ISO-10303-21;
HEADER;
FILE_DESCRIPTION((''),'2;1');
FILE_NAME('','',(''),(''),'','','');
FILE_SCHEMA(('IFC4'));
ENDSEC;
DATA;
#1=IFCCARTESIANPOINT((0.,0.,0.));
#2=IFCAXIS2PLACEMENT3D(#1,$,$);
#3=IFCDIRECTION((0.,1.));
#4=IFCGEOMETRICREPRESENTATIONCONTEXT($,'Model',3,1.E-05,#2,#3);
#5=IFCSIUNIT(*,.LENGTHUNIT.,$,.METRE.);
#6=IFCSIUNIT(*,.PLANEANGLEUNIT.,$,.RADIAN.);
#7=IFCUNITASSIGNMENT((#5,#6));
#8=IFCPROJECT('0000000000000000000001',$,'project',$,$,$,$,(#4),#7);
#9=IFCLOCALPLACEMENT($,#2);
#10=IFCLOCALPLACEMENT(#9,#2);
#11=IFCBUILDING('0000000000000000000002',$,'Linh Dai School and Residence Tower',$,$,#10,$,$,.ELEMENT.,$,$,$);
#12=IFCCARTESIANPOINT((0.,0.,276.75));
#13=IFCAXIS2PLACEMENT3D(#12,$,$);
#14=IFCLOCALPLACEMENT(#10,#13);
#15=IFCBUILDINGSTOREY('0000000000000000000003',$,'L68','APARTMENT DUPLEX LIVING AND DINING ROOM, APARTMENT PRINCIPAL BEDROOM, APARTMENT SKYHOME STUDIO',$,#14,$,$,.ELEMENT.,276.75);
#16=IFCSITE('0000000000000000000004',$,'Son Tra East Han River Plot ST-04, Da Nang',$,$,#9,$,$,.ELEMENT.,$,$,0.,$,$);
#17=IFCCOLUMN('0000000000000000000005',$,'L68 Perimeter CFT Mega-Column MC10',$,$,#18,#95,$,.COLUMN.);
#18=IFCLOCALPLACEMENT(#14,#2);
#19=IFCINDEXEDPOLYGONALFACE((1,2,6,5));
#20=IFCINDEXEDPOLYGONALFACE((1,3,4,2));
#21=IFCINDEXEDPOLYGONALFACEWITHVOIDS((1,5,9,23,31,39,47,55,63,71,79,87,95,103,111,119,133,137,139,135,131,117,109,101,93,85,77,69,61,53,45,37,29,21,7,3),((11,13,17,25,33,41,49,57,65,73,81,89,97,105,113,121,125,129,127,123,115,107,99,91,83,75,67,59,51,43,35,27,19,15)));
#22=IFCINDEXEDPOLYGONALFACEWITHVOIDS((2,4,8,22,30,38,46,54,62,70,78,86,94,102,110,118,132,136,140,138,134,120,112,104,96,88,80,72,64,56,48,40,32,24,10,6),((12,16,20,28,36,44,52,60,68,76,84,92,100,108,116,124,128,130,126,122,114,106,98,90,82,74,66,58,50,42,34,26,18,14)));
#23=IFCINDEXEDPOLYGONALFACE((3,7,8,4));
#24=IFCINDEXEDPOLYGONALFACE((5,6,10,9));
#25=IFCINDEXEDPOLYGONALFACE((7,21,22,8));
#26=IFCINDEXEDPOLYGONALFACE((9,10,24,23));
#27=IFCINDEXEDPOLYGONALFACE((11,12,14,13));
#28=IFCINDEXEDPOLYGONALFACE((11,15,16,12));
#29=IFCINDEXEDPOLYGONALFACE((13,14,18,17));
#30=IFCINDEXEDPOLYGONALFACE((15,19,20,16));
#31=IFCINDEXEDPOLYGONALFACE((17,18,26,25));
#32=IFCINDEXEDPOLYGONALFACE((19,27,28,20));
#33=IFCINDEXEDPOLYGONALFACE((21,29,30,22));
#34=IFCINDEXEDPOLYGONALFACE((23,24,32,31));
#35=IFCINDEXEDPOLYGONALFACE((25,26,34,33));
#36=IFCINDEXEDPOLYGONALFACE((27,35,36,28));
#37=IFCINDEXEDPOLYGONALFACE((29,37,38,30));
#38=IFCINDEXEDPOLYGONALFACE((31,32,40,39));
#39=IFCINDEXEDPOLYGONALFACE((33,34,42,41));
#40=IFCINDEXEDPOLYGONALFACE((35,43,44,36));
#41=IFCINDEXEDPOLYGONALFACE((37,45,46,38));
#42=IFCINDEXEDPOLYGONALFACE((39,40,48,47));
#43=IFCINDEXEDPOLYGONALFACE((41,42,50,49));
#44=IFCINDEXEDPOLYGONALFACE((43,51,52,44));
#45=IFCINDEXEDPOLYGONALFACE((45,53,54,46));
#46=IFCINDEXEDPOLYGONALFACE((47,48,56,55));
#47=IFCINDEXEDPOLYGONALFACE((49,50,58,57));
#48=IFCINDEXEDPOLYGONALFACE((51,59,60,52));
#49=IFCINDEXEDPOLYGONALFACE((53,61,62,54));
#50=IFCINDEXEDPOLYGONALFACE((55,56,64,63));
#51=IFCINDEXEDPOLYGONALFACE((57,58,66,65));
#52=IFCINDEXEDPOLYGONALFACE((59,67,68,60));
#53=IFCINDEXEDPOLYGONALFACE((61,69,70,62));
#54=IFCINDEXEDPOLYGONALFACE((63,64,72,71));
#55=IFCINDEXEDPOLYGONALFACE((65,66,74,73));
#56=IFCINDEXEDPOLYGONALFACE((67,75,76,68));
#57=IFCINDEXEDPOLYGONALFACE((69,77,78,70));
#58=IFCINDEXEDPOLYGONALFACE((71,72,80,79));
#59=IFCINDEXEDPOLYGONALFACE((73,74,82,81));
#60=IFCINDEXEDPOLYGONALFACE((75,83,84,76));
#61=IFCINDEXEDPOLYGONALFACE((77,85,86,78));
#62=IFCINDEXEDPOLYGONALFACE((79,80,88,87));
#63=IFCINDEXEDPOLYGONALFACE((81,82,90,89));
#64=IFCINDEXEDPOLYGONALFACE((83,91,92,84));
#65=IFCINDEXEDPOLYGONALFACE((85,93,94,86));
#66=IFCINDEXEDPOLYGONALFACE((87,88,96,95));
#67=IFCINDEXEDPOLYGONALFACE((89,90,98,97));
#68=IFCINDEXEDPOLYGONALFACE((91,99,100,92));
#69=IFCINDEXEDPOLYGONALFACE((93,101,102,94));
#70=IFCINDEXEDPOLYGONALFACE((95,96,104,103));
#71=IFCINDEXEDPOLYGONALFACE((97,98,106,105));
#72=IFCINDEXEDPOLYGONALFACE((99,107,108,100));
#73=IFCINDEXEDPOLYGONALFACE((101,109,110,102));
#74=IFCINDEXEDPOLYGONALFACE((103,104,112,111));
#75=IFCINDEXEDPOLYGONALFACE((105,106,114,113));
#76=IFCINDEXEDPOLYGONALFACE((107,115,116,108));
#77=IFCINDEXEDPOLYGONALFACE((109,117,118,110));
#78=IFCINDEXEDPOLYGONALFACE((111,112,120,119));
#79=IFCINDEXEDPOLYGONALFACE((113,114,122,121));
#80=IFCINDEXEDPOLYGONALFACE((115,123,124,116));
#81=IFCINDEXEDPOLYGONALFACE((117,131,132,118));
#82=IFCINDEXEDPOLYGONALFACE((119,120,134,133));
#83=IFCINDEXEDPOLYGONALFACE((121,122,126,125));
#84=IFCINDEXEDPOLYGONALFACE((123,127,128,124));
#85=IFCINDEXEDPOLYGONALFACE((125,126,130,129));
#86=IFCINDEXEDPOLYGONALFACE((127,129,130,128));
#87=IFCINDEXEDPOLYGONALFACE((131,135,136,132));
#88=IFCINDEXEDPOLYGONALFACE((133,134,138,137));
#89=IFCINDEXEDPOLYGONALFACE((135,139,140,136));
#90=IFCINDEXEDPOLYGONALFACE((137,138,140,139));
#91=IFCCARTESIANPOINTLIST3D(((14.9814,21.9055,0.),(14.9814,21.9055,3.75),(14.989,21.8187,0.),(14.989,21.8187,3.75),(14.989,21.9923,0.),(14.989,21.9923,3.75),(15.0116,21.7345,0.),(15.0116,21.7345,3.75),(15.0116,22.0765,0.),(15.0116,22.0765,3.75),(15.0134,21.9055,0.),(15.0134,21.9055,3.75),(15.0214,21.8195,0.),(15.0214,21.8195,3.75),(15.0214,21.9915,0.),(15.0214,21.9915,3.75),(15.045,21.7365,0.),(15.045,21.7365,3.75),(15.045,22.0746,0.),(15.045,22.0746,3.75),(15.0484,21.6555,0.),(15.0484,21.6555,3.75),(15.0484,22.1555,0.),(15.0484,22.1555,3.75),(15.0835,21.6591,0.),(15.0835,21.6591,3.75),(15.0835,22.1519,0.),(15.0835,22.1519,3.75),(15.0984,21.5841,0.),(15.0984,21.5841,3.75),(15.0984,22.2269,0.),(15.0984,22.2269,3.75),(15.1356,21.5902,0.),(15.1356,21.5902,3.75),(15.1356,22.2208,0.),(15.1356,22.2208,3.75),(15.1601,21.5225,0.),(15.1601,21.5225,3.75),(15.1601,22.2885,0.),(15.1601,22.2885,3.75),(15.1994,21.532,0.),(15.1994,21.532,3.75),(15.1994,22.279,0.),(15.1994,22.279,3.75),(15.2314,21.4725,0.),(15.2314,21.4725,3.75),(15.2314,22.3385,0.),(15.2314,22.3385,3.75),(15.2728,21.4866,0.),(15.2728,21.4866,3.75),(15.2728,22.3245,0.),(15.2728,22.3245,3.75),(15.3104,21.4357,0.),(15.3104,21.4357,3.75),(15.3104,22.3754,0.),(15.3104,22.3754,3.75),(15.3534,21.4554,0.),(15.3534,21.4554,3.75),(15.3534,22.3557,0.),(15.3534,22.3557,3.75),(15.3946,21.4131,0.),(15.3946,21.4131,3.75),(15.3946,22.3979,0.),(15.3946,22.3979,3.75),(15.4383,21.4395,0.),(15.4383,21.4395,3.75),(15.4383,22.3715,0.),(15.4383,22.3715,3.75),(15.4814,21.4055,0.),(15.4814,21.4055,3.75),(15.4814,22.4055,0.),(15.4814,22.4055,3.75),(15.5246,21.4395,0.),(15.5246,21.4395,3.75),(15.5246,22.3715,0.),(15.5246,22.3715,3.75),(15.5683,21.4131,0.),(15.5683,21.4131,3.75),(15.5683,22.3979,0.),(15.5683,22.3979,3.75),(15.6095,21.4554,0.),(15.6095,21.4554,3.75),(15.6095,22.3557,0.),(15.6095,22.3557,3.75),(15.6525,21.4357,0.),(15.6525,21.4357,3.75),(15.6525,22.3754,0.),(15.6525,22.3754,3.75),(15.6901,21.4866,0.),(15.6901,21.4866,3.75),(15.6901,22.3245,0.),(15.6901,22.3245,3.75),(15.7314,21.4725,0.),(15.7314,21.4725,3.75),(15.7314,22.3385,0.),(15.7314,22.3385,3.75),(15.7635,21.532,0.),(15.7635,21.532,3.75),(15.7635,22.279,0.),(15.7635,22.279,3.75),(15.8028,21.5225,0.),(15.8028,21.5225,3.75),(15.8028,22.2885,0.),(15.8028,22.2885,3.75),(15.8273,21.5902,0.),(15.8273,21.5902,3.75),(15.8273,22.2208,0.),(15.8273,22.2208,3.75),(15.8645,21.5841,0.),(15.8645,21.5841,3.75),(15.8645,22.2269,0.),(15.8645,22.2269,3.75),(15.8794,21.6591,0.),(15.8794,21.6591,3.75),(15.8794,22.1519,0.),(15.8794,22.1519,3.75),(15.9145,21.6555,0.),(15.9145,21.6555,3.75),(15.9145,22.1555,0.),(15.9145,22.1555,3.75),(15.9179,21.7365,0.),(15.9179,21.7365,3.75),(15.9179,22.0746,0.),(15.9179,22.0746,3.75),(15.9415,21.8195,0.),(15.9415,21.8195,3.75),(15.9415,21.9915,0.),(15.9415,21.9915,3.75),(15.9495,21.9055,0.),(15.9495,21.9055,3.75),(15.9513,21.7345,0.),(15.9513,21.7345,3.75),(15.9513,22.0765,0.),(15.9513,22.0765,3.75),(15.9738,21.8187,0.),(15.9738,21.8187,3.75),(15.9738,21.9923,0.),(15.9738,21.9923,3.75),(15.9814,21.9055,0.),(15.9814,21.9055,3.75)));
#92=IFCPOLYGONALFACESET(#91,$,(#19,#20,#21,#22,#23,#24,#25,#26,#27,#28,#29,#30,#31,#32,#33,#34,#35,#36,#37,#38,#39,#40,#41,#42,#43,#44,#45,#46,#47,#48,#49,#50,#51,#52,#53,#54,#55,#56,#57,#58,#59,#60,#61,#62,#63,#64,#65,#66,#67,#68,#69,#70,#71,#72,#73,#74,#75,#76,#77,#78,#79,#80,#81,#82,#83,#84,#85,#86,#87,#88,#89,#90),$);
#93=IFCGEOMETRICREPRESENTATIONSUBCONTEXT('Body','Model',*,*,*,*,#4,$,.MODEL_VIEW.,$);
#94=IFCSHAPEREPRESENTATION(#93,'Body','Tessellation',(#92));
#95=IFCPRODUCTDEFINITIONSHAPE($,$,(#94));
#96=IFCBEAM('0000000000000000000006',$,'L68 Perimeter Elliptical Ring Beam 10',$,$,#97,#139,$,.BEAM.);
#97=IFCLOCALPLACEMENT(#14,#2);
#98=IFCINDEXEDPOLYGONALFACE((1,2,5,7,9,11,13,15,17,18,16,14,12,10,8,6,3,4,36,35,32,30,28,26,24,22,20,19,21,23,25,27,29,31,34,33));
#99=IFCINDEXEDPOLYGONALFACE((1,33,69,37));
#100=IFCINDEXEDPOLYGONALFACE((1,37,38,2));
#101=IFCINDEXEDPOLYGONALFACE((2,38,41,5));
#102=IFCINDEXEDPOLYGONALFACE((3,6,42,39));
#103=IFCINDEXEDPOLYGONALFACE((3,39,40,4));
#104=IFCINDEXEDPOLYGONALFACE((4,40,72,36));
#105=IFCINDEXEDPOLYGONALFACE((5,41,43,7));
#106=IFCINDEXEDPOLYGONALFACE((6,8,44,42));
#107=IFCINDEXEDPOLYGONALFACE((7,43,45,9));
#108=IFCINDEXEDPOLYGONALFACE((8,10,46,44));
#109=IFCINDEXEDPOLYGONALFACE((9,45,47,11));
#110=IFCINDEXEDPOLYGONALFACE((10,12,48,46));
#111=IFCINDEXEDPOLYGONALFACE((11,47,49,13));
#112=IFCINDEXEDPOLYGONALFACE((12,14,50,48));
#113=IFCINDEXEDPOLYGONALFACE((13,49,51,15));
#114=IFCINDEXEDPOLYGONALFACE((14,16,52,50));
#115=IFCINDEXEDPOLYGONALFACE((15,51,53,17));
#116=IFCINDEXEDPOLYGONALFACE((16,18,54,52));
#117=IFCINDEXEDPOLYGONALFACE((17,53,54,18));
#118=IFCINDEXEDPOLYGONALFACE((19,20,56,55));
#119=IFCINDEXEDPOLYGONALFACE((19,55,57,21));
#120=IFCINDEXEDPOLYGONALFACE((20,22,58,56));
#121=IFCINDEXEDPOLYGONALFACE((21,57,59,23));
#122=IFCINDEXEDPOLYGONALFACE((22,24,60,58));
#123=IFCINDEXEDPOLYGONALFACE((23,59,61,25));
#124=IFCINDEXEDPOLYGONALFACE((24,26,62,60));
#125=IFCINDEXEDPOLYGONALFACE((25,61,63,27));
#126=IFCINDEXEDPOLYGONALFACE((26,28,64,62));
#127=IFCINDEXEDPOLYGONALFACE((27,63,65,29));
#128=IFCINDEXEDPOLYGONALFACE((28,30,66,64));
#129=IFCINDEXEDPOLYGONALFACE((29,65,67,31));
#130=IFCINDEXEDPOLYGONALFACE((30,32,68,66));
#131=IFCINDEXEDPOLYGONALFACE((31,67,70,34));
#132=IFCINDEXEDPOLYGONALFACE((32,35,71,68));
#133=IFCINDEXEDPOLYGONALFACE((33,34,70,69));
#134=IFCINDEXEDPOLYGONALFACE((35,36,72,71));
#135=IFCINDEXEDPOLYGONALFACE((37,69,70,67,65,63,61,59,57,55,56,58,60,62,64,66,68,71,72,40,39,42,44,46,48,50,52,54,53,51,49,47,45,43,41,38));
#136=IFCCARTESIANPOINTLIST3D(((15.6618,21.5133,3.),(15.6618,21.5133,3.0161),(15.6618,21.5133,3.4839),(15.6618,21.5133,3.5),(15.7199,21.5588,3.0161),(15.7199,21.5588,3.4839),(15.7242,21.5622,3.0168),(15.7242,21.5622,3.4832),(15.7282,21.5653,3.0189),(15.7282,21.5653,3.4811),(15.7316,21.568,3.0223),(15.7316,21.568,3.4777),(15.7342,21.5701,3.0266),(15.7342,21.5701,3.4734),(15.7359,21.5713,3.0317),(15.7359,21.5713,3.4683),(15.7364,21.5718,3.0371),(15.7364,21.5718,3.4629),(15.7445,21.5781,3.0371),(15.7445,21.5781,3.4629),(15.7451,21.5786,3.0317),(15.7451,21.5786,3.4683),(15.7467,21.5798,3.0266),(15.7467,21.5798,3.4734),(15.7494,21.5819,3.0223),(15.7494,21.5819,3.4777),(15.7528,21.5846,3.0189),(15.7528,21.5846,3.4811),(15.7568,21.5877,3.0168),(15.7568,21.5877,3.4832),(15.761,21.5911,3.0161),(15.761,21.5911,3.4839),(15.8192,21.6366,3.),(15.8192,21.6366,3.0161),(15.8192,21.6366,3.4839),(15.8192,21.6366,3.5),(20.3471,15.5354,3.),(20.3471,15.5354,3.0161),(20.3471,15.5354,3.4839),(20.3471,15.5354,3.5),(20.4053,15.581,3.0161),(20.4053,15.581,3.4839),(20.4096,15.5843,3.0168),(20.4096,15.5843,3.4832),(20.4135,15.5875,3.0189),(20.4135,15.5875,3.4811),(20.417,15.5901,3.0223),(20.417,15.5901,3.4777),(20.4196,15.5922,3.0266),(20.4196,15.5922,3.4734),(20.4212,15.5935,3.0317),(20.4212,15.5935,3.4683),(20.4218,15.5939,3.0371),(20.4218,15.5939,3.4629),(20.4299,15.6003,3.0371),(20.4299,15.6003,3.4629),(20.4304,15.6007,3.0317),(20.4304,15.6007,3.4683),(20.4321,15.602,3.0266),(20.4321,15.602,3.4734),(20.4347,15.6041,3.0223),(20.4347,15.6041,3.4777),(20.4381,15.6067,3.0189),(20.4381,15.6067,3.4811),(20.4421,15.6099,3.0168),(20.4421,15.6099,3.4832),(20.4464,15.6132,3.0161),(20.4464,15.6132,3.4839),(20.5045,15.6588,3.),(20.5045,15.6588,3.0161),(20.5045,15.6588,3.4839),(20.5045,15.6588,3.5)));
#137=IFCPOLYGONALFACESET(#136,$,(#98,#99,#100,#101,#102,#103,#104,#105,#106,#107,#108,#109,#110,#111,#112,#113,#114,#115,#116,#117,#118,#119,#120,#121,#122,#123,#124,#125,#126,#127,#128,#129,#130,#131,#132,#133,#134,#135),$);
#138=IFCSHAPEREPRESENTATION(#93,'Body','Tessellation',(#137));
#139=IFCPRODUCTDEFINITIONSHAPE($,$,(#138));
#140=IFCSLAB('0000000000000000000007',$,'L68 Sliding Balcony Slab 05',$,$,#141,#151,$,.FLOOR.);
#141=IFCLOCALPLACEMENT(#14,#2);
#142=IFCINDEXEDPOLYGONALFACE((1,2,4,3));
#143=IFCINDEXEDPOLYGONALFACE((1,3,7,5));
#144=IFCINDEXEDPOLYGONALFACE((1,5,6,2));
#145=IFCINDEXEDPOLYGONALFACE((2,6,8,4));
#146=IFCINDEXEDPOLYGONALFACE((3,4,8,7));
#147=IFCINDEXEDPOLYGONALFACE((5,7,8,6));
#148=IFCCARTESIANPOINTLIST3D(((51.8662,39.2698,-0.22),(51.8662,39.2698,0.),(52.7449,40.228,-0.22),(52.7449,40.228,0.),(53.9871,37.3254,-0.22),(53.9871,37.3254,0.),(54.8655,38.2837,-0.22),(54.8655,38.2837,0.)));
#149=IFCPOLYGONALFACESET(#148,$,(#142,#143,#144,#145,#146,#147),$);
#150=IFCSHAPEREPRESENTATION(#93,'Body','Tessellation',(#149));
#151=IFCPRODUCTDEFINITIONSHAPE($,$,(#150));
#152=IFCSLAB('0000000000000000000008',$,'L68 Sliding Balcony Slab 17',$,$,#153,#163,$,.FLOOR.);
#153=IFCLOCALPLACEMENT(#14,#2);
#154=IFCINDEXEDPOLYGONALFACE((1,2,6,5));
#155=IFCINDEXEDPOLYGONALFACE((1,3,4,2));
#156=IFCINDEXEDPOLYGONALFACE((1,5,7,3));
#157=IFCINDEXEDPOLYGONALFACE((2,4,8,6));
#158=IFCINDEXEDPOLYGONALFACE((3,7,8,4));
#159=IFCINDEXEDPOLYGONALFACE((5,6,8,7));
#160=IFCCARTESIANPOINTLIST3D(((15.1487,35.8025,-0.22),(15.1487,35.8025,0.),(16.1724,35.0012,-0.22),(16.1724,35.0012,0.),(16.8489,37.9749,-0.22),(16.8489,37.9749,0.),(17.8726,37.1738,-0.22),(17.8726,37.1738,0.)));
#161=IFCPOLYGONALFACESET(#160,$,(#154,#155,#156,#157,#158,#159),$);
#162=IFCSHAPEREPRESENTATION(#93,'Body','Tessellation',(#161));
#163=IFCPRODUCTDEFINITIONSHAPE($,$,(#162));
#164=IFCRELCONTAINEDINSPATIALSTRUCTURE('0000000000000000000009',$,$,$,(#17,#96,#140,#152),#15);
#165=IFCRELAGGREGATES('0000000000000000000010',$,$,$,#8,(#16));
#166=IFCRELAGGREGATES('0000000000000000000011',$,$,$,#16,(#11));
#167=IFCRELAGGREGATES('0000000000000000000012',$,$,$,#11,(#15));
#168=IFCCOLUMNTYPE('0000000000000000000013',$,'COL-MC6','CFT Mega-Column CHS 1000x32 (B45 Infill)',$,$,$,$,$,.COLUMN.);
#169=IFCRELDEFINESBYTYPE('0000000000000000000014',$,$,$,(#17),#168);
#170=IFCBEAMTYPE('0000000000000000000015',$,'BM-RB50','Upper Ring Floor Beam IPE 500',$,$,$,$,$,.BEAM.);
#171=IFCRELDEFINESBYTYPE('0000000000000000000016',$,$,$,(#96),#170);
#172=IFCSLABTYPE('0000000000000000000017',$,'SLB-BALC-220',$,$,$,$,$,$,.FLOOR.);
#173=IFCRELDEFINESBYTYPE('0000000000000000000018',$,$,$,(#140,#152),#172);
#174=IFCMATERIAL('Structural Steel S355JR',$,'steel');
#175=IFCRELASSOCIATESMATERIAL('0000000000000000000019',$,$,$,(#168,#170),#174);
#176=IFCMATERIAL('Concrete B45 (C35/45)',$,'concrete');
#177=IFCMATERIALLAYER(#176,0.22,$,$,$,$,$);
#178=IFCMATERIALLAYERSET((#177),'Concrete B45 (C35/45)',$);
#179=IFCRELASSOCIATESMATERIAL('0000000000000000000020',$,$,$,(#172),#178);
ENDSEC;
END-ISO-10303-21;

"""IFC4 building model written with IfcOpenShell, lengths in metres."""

from ifc_helpers import new_model, si_unit, direction, frame, origin, origin_2d, place, context, subcontext, project, spatial, polyline, hollow_circle, i_section, outline, extrude, material, layer, layer_set, material_profile, profile_set, type_object, element, save


model = new_model("IFC4")

# Units and contexts
model_context = context("Model", 3, precision=1e-05, world=origin(), true_north=direction((0.0, 1.0)))
body_context = subcontext(model_context, "Body", "Model", "MODEL_VIEW")
ifc_project = project(units=[si_unit("LENGTHUNIT", "METRE"), si_unit("PLANEANGLEUNIT", "RADIAN")], contexts=[model_context])

# Site, building, storey
site_placement = place(None, origin())
site = spatial("IfcSite", under=ifc_project, at=site_placement, Name="Son Tra East Han River Plot ST-04, Da Nang", CompositionType="ELEMENT", RefElevation=0.0)
building_placement = place(site_placement, origin())
building = spatial("IfcBuilding", under=site, at=building_placement, Name="Linh Dai School and Residence Tower", CompositionType="ELEMENT")
storey_placement = place(building_placement, frame((0.0, 0.0, 276.75)))
storey = spatial("IfcBuildingStorey", under=building, at=storey_placement, Name="L68", Description="APARTMENT DUPLEX LIVING AND DINING ROOM, APARTMENT PRINCIPAL BEDROOM, APARTMENT SKYHOME STUDIO", CompositionType="ELEMENT", Elevation=276.75)

# Column
ifc_material_1 = material(Name="Structural Steel S355JR", Category="steel")
ifc_material_profile_1 = material_profile(ifc_material_1, hollow_circle(Radius=0.5, WallThickness=0.032, at=origin_2d()), Name="CHS 1000x32")
ifc_profile_set_1 = profile_set([ifc_material_profile_1], Name="Structural Steel S355JR")
column_type = type_object("IfcColumnType", Name="COL-MC6", Description="CFT Mega-Column CHS 1000x32 (B45 Infill)", PredefinedType="COLUMN", material=ifc_profile_set_1)
column_placement = place(storey_placement, frame((15.4814, 21.9055, 0.0), z_axis=(0.0, 0.0, 1.0), x_axis=(1.0, 0.0, 0.0)))
element("IfcColumn", 1, at=column_placement, inside=storey, type_object=column_type, Name="L68 Perimeter CFT Mega-Column MC10", PredefinedType="COLUMN", context=body_context, shape_type="SweptSolid", body=[
    extrude(hollow_circle(Radius=0.5, WallThickness=0.032, at=origin_2d()), origin(), (0.0, 0.0, 1.0), 3.75),
])

# Beam
ifc_material_profile_2 = material_profile(ifc_material_1, i_section(OverallWidth=0.2, OverallDepth=0.5, WebThickness=0.0103, FlangeThickness=0.0161, FilletRadius=0.021, at=origin_2d()), Name="IPE 500")
ifc_profile_set_2 = profile_set([ifc_material_profile_2], Name="Structural Steel S355JR")
beam_type = type_object("IfcBeamType", Name="BM-RB50", Description="Upper Ring Floor Beam IPE 500", PredefinedType="BEAM", material=ifc_profile_set_2)
beam_placement = place(storey_placement, frame((15.7405, 21.575, 3.25), z_axis=(0.616883, -0.787055, 0.0), x_axis=(0.787055, 0.616883, 0.0)))
element("IfcBeam", 2, at=beam_placement, inside=storey, type_object=beam_type, Name="L68 Perimeter Elliptical Ring Beam 10", PredefinedType="BEAM", context=body_context, shape_type="SweptSolid", body=[
    extrude(i_section(OverallWidth=0.2, OverallDepth=0.5, WebThickness=0.0103, FlangeThickness=0.0161, FilletRadius=0.021, at=origin_2d()), origin(), (0.0, 0.0, 1.0), 7.5952),
])

# Slabs
ifc_material_2 = material(Name="Concrete B45 (C35/45)", Category="concrete")
ifc_layer_1 = layer(ifc_material_2, 0.22)
ifc_layer_set_1 = layer_set([ifc_layer_1], Name="Concrete B45 (C35/45)")
slab_type_1 = type_object("IfcSlabType", Name="SLB-BALC-220", PredefinedType="FLOOR", material=ifc_layer_set_1)
slab_1_placement = place(storey_placement, frame((0.0, 0.0, -0.22)))
element("IfcSlab", 3, at=slab_1_placement, inside=storey, type_object=slab_type_1, Name="L68 Sliding Balcony Slab 05", PredefinedType="FLOOR", context=body_context, shape_type="SweptSolid", body=[
    extrude(outline(polyline([(51.8662, 39.2698), (53.9871, 37.3254), (54.8655, 38.2837), (52.7449, 40.228), (51.8662, 39.2698)])), origin(), (0.0, 0.0, 1.0), 0.22),
])
slab_2_placement = place(storey_placement, frame((0.0, 0.0, -0.22)))
element("IfcSlab", 4, at=slab_2_placement, inside=storey, type_object=slab_type_1, Name="L68 Sliding Balcony Slab 17", PredefinedType="FLOOR", context=body_context, shape_type="SweptSolid", body=[
    extrude(outline(polyline([(16.1724, 35.0012), (17.8726, 37.1738), (16.8489, 37.9749), (15.1487, 35.8025), (16.1724, 35.0012)])), origin(), (0.0, 0.0, 1.0), 0.22),
])

save(model, "model.ifc")
